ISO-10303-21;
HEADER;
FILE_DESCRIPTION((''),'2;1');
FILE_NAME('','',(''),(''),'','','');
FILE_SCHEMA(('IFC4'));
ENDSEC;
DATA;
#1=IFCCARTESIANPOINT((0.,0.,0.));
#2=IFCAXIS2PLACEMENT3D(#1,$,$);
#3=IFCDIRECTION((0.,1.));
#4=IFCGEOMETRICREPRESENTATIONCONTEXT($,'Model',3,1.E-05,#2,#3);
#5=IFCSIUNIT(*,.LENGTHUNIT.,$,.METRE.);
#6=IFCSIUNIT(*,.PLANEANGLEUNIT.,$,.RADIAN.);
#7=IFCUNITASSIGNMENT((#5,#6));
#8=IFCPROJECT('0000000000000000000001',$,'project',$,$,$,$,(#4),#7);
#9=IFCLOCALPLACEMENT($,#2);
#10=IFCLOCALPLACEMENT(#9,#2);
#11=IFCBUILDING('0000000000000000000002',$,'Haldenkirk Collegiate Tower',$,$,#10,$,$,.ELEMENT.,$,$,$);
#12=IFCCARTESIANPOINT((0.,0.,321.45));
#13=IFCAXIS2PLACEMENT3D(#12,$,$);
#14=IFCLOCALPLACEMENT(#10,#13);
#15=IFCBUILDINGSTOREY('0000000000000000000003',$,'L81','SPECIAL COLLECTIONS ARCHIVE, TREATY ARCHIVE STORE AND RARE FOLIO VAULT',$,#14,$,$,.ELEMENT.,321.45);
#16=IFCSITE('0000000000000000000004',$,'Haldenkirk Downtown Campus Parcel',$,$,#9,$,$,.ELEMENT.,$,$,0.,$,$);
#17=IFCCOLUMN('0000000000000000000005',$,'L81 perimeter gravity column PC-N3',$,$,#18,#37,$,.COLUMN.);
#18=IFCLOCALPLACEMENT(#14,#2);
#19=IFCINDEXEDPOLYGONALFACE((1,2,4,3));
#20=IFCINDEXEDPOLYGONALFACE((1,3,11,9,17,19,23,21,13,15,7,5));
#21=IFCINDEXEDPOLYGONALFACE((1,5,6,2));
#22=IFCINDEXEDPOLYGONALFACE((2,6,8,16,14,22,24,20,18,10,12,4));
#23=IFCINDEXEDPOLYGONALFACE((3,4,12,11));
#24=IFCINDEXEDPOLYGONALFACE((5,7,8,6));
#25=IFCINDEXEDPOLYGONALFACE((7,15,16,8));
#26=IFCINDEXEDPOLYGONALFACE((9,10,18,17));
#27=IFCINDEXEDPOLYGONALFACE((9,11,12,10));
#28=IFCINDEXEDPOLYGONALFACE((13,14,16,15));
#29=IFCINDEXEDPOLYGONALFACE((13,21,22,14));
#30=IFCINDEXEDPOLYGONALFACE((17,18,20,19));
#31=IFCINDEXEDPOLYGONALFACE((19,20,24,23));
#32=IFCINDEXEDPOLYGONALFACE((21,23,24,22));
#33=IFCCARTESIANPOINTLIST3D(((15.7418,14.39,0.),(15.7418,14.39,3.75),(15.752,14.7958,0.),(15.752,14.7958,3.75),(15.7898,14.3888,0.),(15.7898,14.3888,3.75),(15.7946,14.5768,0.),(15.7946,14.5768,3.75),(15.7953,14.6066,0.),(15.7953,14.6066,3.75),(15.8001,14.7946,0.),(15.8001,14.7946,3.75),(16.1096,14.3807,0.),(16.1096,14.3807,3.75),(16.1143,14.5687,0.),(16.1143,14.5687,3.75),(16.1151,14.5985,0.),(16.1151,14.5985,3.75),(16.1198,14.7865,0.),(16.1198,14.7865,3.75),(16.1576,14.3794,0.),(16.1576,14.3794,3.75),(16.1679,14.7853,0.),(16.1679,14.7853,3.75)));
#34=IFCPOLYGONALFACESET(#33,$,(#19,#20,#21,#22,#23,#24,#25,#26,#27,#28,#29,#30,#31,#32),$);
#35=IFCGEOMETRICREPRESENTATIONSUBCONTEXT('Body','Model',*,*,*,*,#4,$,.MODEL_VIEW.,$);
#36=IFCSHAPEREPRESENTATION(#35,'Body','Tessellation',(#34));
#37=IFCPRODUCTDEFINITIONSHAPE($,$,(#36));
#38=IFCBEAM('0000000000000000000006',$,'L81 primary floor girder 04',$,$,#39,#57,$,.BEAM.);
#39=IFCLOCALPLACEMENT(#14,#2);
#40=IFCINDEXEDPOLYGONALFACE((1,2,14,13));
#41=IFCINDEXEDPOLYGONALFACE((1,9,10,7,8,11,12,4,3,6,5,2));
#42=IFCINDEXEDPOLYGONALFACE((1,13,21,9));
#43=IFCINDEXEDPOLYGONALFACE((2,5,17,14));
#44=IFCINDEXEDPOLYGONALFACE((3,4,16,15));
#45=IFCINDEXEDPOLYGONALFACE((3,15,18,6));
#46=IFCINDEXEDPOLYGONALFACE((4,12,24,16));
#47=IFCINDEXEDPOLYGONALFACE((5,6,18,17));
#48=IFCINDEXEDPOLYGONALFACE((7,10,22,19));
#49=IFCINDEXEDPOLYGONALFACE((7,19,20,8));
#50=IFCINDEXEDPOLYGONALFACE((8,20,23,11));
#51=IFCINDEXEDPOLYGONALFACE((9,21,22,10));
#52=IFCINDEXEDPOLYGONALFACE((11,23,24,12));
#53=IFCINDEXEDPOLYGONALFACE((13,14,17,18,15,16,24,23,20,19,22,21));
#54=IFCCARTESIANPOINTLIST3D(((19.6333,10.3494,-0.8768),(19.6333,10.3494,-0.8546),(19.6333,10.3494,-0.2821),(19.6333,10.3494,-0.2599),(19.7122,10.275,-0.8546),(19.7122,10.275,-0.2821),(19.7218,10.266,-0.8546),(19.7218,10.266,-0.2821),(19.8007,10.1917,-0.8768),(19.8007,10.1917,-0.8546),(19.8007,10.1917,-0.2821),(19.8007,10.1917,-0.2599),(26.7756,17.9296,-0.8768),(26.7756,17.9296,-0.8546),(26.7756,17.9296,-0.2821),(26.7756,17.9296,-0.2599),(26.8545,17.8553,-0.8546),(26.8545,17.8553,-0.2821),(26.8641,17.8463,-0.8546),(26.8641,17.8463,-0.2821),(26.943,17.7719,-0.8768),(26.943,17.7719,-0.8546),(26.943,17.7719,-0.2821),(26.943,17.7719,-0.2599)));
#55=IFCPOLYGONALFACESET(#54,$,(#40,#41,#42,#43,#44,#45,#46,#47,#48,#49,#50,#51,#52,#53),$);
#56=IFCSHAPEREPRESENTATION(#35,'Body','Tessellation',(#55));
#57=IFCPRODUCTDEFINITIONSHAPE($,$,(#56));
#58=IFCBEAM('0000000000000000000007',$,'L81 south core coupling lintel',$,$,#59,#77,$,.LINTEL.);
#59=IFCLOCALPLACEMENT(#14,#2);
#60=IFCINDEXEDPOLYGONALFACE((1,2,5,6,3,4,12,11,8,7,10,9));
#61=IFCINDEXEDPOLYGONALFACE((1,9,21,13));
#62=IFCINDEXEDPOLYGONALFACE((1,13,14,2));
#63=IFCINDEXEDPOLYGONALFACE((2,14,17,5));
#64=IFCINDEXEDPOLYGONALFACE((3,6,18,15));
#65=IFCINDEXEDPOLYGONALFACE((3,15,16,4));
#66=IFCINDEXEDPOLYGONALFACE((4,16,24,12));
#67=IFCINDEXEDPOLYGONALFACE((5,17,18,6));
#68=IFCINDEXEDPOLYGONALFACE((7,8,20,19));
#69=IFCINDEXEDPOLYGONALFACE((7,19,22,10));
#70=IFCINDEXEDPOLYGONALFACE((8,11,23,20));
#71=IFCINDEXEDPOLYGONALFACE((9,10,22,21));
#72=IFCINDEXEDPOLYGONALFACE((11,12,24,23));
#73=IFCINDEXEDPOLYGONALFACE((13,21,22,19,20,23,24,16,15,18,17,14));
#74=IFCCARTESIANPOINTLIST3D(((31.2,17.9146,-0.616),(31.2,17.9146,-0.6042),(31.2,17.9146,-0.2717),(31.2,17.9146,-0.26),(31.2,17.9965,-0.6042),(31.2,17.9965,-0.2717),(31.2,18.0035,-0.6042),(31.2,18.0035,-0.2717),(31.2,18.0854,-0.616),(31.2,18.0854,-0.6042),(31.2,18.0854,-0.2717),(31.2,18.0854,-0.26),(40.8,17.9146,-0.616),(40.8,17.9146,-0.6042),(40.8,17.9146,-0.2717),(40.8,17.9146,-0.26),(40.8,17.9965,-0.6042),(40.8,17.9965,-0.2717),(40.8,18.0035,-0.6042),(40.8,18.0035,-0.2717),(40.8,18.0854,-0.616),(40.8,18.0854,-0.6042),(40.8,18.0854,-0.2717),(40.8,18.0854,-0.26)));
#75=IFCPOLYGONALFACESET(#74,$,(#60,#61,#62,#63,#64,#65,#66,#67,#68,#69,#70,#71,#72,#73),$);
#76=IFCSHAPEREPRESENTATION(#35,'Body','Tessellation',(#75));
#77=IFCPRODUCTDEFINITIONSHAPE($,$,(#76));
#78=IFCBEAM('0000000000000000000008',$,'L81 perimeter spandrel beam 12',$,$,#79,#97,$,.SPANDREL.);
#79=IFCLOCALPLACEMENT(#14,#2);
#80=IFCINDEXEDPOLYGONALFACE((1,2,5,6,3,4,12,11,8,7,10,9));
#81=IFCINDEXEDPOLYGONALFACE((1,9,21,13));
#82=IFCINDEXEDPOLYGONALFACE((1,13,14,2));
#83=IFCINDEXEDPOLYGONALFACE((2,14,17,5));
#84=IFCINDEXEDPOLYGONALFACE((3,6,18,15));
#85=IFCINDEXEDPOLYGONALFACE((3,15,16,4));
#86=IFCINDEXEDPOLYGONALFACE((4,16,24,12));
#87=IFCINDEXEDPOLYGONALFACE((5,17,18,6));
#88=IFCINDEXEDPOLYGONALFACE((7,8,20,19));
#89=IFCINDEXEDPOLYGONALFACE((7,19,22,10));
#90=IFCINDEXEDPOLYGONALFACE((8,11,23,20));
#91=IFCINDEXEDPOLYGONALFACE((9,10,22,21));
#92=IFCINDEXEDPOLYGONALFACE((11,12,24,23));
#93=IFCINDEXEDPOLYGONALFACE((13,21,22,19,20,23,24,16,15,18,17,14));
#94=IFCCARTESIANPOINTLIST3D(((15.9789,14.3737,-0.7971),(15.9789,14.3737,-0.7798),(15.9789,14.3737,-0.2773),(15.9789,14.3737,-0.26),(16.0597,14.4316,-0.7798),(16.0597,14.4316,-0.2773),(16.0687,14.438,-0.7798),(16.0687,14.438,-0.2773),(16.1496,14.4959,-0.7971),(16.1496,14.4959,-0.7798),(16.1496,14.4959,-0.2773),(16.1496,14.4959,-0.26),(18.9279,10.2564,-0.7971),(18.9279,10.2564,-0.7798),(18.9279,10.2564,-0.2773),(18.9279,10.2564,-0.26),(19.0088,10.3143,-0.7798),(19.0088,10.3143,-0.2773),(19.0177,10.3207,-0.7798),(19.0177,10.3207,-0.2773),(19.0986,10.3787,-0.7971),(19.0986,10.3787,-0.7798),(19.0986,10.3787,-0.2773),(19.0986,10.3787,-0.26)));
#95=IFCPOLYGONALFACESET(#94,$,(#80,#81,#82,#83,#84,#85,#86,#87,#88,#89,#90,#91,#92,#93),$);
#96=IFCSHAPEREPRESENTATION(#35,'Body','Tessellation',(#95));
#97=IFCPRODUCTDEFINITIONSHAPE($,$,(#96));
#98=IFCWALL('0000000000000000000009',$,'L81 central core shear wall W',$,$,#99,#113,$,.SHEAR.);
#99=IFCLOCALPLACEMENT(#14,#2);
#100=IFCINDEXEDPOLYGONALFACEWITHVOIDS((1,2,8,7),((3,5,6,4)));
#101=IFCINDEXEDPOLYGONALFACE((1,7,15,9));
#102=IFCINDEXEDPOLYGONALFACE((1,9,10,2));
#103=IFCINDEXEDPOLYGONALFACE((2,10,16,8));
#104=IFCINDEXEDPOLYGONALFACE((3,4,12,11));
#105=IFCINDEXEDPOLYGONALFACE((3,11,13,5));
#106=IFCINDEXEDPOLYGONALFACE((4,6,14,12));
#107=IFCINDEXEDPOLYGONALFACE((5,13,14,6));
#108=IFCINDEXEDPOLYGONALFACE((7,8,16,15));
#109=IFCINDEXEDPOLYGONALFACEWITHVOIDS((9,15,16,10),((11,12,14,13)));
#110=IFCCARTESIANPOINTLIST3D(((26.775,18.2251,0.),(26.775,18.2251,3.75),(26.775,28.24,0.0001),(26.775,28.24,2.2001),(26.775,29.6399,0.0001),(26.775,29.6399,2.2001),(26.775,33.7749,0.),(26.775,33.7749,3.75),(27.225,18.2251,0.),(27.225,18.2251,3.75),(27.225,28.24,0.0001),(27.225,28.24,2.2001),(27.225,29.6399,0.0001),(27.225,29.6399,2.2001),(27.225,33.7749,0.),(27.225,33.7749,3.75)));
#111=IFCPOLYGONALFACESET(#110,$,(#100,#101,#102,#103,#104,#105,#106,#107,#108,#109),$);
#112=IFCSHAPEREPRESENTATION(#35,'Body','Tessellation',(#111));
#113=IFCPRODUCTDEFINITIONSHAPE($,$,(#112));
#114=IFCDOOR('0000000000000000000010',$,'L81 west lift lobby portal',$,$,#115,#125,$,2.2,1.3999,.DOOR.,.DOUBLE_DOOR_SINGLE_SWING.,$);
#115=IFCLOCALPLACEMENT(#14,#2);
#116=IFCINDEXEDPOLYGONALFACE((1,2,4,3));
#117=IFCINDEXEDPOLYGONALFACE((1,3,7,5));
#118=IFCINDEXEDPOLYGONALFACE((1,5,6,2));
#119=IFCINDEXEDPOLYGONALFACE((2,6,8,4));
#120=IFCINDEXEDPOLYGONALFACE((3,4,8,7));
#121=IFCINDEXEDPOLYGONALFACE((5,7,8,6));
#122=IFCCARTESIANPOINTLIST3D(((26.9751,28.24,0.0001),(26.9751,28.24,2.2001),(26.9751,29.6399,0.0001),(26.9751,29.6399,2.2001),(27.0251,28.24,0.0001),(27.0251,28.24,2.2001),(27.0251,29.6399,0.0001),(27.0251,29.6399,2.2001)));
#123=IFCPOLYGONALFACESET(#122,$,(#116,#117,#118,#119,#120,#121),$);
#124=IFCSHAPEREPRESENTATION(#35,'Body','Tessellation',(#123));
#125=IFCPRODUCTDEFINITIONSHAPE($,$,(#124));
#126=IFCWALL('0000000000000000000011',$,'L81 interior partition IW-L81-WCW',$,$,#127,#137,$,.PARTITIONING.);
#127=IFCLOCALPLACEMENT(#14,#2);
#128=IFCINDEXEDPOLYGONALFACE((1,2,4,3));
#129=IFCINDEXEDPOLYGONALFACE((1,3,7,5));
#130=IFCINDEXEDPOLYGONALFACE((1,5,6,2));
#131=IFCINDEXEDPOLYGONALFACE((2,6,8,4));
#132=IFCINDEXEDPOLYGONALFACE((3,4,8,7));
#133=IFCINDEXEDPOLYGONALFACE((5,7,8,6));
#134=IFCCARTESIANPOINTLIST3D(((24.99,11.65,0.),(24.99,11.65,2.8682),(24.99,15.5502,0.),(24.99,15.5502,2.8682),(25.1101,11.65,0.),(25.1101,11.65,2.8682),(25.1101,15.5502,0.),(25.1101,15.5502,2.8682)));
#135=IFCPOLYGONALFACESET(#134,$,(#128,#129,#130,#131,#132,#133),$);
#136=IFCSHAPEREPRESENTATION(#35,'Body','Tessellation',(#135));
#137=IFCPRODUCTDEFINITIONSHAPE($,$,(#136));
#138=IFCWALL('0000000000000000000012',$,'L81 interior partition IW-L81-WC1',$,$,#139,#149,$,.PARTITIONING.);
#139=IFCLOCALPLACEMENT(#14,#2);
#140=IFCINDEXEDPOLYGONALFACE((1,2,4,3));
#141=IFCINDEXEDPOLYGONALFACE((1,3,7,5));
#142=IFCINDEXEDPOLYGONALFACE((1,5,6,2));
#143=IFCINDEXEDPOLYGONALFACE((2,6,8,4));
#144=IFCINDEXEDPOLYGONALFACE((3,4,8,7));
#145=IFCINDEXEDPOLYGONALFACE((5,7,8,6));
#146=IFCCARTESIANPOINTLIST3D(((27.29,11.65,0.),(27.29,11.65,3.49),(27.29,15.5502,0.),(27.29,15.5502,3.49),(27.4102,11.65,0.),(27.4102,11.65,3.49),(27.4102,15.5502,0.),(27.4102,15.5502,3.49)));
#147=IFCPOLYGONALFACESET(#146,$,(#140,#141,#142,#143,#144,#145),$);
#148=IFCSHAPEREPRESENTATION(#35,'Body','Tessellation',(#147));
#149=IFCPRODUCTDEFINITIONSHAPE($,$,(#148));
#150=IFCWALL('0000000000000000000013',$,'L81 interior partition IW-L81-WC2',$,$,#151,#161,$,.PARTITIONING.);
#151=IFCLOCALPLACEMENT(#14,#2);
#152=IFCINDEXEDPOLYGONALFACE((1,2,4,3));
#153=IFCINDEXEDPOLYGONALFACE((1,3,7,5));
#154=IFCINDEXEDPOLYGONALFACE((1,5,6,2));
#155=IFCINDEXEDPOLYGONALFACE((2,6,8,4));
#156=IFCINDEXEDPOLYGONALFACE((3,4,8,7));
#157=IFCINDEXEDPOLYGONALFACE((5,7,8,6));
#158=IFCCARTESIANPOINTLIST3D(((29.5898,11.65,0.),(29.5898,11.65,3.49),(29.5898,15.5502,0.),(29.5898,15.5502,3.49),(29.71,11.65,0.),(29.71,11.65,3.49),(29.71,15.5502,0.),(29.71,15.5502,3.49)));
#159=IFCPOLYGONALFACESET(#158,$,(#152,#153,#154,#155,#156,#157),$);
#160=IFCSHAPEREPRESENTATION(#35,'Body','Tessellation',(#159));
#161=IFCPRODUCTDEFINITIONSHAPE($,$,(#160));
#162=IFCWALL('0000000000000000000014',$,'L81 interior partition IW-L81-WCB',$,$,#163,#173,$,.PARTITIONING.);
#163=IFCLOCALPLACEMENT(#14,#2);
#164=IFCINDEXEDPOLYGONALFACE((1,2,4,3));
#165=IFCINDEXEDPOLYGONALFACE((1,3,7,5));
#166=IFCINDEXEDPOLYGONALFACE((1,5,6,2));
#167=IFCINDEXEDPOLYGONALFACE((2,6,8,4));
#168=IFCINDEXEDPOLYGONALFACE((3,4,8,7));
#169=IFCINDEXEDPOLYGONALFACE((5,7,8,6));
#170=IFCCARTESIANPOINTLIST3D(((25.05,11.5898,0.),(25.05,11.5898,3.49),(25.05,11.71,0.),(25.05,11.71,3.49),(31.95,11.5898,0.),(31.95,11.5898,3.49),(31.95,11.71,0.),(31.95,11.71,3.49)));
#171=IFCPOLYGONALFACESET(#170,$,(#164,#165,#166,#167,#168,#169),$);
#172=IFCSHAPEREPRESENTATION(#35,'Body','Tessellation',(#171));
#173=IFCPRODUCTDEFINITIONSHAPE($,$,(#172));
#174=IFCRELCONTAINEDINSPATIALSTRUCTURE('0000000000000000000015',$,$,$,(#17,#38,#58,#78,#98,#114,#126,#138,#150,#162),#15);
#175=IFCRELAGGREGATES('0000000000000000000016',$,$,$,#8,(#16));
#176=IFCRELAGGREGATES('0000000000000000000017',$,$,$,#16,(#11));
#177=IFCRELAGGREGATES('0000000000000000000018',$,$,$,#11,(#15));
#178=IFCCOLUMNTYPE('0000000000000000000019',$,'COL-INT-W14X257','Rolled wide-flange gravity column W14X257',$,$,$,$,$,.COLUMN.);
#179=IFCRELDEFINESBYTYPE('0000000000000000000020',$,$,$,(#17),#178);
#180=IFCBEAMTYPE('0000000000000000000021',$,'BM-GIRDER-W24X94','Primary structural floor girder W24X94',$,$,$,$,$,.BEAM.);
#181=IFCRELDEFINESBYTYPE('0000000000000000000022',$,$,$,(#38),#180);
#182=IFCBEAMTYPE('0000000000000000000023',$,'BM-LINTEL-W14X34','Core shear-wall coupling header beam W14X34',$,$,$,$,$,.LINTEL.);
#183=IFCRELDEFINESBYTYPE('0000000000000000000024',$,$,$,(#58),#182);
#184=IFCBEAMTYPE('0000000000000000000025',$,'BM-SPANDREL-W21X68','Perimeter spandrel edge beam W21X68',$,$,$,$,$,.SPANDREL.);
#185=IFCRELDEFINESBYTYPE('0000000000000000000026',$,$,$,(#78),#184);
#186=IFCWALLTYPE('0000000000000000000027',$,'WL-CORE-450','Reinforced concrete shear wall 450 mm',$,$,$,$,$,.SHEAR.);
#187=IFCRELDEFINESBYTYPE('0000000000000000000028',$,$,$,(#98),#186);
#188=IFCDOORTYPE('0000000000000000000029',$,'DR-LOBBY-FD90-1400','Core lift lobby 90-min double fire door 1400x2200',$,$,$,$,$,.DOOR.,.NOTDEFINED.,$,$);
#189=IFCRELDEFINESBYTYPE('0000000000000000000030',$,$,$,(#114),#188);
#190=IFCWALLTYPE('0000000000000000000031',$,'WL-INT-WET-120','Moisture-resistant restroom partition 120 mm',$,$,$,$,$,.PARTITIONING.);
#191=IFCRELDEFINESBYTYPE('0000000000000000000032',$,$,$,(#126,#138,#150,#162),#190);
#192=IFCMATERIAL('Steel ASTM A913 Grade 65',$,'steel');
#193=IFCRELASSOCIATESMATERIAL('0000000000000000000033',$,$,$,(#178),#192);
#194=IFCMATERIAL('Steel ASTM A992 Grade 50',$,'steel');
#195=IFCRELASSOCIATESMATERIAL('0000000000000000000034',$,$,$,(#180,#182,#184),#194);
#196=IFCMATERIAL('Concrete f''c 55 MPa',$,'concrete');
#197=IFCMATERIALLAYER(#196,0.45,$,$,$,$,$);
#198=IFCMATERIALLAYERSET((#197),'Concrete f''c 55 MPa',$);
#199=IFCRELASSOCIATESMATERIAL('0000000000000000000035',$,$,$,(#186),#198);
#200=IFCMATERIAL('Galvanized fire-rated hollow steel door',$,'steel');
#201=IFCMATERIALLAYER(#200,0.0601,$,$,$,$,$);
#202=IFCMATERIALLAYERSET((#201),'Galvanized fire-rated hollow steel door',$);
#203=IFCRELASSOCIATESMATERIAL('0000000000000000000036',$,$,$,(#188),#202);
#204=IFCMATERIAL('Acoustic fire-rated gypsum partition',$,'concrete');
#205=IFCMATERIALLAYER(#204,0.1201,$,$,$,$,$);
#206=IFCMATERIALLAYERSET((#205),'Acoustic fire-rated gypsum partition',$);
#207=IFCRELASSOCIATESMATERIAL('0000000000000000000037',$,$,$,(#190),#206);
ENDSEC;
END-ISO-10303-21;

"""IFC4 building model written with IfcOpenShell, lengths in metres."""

from ifc_helpers import new_model, si_unit, direction, frame, frame_2d, origin, origin_2d, place, context, subcontext, project, spatial, rectangle, i_section, extrude, material, layer, layer_set, material_profile, profile_set, type_object, element, fill, save


model = new_model("IFC4")

# Units and contexts
model_context = context("Model", 3, precision=1e-05, world=origin(), true_north=direction((0.0, 1.0)))
body_context = subcontext(model_context, "Body", "Model", "MODEL_VIEW")
ifc_project = project(units=[si_unit("LENGTHUNIT", "METRE"), si_unit("PLANEANGLEUNIT", "RADIAN")], contexts=[model_context])

# Site, building, storey
site_placement = place(None, origin())
site = spatial("IfcSite", under=ifc_project, at=site_placement, Name="Haldenkirk Downtown Campus Parcel", CompositionType="ELEMENT", RefElevation=0.0)
building_placement = place(site_placement, origin())
building = spatial("IfcBuilding", under=site, at=building_placement, Name="Haldenkirk Collegiate Tower", CompositionType="ELEMENT")
storey_placement = place(building_placement, frame((0.0, 0.0, 321.45)))
storey = spatial("IfcBuildingStorey", under=building, at=storey_placement, Name="L81", Description="SPECIAL COLLECTIONS ARCHIVE, TREATY ARCHIVE STORE AND RARE FOLIO VAULT", CompositionType="ELEMENT", Elevation=321.45)

# Column
ifc_material_1 = material(Name="Steel ASTM A913 Grade 65", Category="steel")
ifc_material_profile_1 = material_profile(ifc_material_1, i_section(OverallWidth=0.406, OverallDepth=0.416, WebThickness=0.0298, FlangeThickness=0.0481, at=origin_2d()), Name="W14X257")
ifc_profile_set_1 = profile_set([ifc_material_profile_1], Name="Steel ASTM A913 Grade 65")
column_type = type_object("IfcColumnType", Name="COL-INT-W14X257", Description="Rolled wide-flange gravity column W14X257", PredefinedType="COLUMN", material=ifc_profile_set_1)
column_placement = place(storey_placement, frame((15.9548, 14.5876, 0.0), z_axis=(0.0, 0.0, 1.0), x_axis=(0.025305, 0.99968, 0.0)))
element("IfcColumn", 1, at=column_placement, inside=storey, type_object=column_type, Name="L81 perimeter gravity column PC-N3", PredefinedType="COLUMN", context=body_context, shape_type="SweptSolid", body=[
    extrude(i_section(OverallWidth=0.406, OverallDepth=0.416, WebThickness=0.0298, FlangeThickness=0.0481, at=origin_2d()), origin(), (0.0, 0.0, 1.0), 3.75),
])

# Beams
ifc_material_2 = material(Name="Steel ASTM A992 Grade 50", Category="steel")
ifc_material_profile_2 = material_profile(ifc_material_2, i_section(OverallWidth=0.23, OverallDepth=0.6169, WebThickness=0.0132, FlangeThickness=0.0222, at=origin_2d()), Name="W24X94")
ifc_profile_set_2 = profile_set([ifc_material_profile_2], Name="Steel ASTM A992 Grade 50")
beam_type_1 = type_object("IfcBeamType", Name="BM-GIRDER-W24X94", Description="Primary structural floor girder W24X94", PredefinedType="BEAM", material=ifc_profile_set_2)
beam_1_placement = place(storey_placement, frame((19.717, 10.2705, -0.5684), z_axis=(0.685767, 0.727821, 0.0), x_axis=(-0.727821, 0.685767, 0.0)))
element("IfcBeam", 2, at=beam_1_placement, inside=storey, type_object=beam_type_1, Name="L81 primary floor girder 04", PredefinedType="BEAM", context=body_context, shape_type="SweptSolid", body=[
    extrude(i_section(OverallWidth=0.23, OverallDepth=0.6169, WebThickness=0.0132, FlangeThickness=0.0222, at=origin_2d()), origin(), (0.0, 0.0, 1.0), 10.415),
])
ifc_material_profile_3 = material_profile(ifc_material_2, i_section(OverallWidth=0.1709, OverallDepth=0.356, WebThickness=0.0071, FlangeThickness=0.0117, at=origin_2d()), Name="W14X34")
ifc_profile_set_3 = profile_set([ifc_material_profile_3], Name="Steel ASTM A992 Grade 50")
beam_type_2 = type_object("IfcBeamType", Name="BM-LINTEL-W14X34", Description="Core shear-wall coupling header beam W14X34", PredefinedType="LINTEL", material=ifc_profile_set_3)
beam_2_placement = place(storey_placement, frame((31.2, 18.0, -0.438), z_axis=(1.0, 0.0, 0.0), x_axis=(0.0, 1.0, 0.0)))
element("IfcBeam", 3, at=beam_2_placement, inside=storey, type_object=beam_type_2, Name="L81 south core coupling lintel", PredefinedType="LINTEL", context=body_context, shape_type="SweptSolid", body=[
    extrude(i_section(OverallWidth=0.1709, OverallDepth=0.356, WebThickness=0.0071, FlangeThickness=0.0117, at=origin_2d()), origin(), (0.0, 0.0, 1.0), 9.6001),
])
ifc_material_profile_4 = material_profile(ifc_material_2, i_section(OverallWidth=0.21, OverallDepth=0.5371, WebThickness=0.011, FlangeThickness=0.0173, at=origin_2d()), Name="W21X68")
ifc_profile_set_4 = profile_set([ifc_material_profile_4], Name="Steel ASTM A992 Grade 50")
beam_type_3 = type_object("IfcBeamType", Name="BM-SPANDREL-W21X68", Description="Perimeter spandrel edge beam W21X68", PredefinedType="SPANDREL", material=ifc_profile_set_4)
beam_3_placement = place(storey_placement, frame((16.0642, 14.4348, -0.5286), z_axis=(0.5823, -0.812974, 0.0), x_axis=(0.812974, 0.5823, 0.0)))
element("IfcBeam", 4, at=beam_3_placement, inside=storey, type_object=beam_type_3, Name="L81 perimeter spandrel beam 12", PredefinedType="SPANDREL", context=body_context, shape_type="SweptSolid", body=[
    extrude(i_section(OverallWidth=0.21, OverallDepth=0.5371, WebThickness=0.011, FlangeThickness=0.0173, at=origin_2d()), origin(), (0.0, 0.0, 1.0), 5.0645),
])

# Shared definitions
ifc_material_3 = material(Name="Concrete f'c 55 MPa", Category="concrete")
ifc_layer_1 = layer(ifc_material_3, 0.45)
ifc_layer_set_1 = layer_set([ifc_layer_1], Name="Concrete f'c 55 MPa")
wall_type_1 = type_object("IfcWallType", Name="WL-CORE-450", Description="Reinforced concrete shear wall 450 mm", PredefinedType="SHEAR", material=ifc_layer_set_1)
ifc_material_4 = material(Name="Galvanized fire-rated hollow steel door", Category="steel")

# Wall, opening, door
wall_1_placement = place(storey_placement, frame((27.0, 18.2251, 0.0), z_axis=(0.0, 0.0, 1.0), x_axis=(0.0, 1.0, 0.0)))
wall_1 = element("IfcWall", 5, at=wall_1_placement, inside=storey, type_object=wall_type_1, Name="L81 central core shear wall W", PredefinedType="SHEAR", context=body_context, shape_type="SweptSolid", body=[
    extrude(rectangle(XDim=15.5498, YDim=0.45, at=frame_2d((7.7749, 0.0))), origin(), (0.0, 0.0, 1.0), 3.75),
])
opening_1_placement = place(wall_1_placement, frame((10.0149, 0.0, 0.0)))
opening_1 = element("IfcOpeningElement", 6, at=opening_1_placement, cuts=wall_1, PredefinedType="OPENING", context=body_context, shape_type="SweptSolid", body=[
    extrude(rectangle(XDim=1.3999, YDim=2.2, at=frame_2d((0.7, 1.1001))), frame((0.0, 0.2349, 0.0), z_axis=(0.0, -1.0, 0.0), x_axis=(1.0, 0.0, 0.0)), (0.0, 0.0, 1.0), 0.47),
])
ifc_layer_2 = layer(ifc_material_4, 0.0601)
ifc_layer_set_2 = layer_set([ifc_layer_2], Name="Galvanized fire-rated hollow steel door")
door_type_1 = type_object("IfcDoorType", Name="DR-LOBBY-FD90-1400", Description="Core lift lobby 90-min double fire door 1400x2200", OperationType="NOTDEFINED", PredefinedType="DOOR", material=ifc_layer_set_2)
door_1_placement = place(opening_1_placement, origin())
door_1 = element("IfcDoor", 7, at=door_1_placement, inside=storey, type_object=door_type_1, Name="L81 west lift lobby portal", OperationType="DOUBLE_DOOR_SINGLE_SWING", OverallHeight=2.2, OverallWidth=1.3999, PredefinedType="DOOR", context=body_context, shape_type="SweptSolid", body=[
    extrude(rectangle(XDim=1.3999, YDim=2.2, at=frame_2d((0.7, 1.1001))), frame((0.0, 0.0249, 0.0), z_axis=(0.0, -1.0, 0.0), x_axis=(1.0, 0.0, 0.0)), (0.0, 0.0, 1.0), 0.05),
])
fill(opening_1, door_1)

# Shared definitions
ifc_material_5 = material(Name="Acoustic fire-rated gypsum partition", Category="concrete")

# Walls
ifc_layer_3 = layer(ifc_material_5, 0.1201)
ifc_layer_set_3 = layer_set([ifc_layer_3], Name="Acoustic fire-rated gypsum partition")
wall_type_2 = type_object("IfcWallType", Name="WL-INT-WET-120", Description="Moisture-resistant restroom partition 120 mm", PredefinedType="PARTITIONING", material=ifc_layer_set_3)
wall_2_placement = place(storey_placement, frame((25.05, 11.6499, 0.0), z_axis=(0.0, 0.0, 1.0), x_axis=(0.0, 1.0, 0.0)))
element("IfcWall", 8, at=wall_2_placement, inside=storey, type_object=wall_type_2, Name="L81 interior partition IW-L81-WCW", PredefinedType="PARTITIONING", context=body_context, shape_type="SweptSolid", body=[
    extrude(rectangle(XDim=3.9001, YDim=0.1201, at=frame_2d((1.9502, 0.0))), origin(), (0.0, 0.0, 1.0), 2.8682),
])
for number, where, z_axis, x_axis, name in (
    (9, (27.3501, 11.6499, 0.0), (0.0, 0.0, 1.0), (0.0, 1.0, 0.0), "L81 interior partition IW-L81-WC1"),
    (10, (29.6499, 11.6499, 0.0), (0.0, 0.0, 1.0), (0.0, 1.0, 0.0), "L81 interior partition IW-L81-WC2"),
):
    element("IfcWall", number, at=place(storey_placement, frame(where, z_axis=z_axis, x_axis=x_axis)), inside=storey, type_object=wall_type_2, Name=name, PredefinedType="PARTITIONING", context=body_context, shape_type="SweptSolid", body=[
        extrude(rectangle(XDim=3.9001, YDim=0.1201, at=frame_2d((1.9502, 0.0))), origin(), (0.0, 0.0, 1.0), 3.49),
    ])
wall_3_placement = place(storey_placement, frame((25.05, 11.6499, 0.0), z_axis=(0.0, 0.0, 1.0), x_axis=(1.0, 0.0, 0.0)))
element("IfcWall", 11, at=wall_3_placement, inside=storey, type_object=wall_type_2, Name="L81 interior partition IW-L81-WCB", PredefinedType="PARTITIONING", context=body_context, shape_type="SweptSolid", body=[
    extrude(rectangle(XDim=6.8999, YDim=0.1201, at=frame_2d((3.45, 0.0))), origin(), (0.0, 0.0, 1.0), 3.49),
])

save(model, "model.ifc")
